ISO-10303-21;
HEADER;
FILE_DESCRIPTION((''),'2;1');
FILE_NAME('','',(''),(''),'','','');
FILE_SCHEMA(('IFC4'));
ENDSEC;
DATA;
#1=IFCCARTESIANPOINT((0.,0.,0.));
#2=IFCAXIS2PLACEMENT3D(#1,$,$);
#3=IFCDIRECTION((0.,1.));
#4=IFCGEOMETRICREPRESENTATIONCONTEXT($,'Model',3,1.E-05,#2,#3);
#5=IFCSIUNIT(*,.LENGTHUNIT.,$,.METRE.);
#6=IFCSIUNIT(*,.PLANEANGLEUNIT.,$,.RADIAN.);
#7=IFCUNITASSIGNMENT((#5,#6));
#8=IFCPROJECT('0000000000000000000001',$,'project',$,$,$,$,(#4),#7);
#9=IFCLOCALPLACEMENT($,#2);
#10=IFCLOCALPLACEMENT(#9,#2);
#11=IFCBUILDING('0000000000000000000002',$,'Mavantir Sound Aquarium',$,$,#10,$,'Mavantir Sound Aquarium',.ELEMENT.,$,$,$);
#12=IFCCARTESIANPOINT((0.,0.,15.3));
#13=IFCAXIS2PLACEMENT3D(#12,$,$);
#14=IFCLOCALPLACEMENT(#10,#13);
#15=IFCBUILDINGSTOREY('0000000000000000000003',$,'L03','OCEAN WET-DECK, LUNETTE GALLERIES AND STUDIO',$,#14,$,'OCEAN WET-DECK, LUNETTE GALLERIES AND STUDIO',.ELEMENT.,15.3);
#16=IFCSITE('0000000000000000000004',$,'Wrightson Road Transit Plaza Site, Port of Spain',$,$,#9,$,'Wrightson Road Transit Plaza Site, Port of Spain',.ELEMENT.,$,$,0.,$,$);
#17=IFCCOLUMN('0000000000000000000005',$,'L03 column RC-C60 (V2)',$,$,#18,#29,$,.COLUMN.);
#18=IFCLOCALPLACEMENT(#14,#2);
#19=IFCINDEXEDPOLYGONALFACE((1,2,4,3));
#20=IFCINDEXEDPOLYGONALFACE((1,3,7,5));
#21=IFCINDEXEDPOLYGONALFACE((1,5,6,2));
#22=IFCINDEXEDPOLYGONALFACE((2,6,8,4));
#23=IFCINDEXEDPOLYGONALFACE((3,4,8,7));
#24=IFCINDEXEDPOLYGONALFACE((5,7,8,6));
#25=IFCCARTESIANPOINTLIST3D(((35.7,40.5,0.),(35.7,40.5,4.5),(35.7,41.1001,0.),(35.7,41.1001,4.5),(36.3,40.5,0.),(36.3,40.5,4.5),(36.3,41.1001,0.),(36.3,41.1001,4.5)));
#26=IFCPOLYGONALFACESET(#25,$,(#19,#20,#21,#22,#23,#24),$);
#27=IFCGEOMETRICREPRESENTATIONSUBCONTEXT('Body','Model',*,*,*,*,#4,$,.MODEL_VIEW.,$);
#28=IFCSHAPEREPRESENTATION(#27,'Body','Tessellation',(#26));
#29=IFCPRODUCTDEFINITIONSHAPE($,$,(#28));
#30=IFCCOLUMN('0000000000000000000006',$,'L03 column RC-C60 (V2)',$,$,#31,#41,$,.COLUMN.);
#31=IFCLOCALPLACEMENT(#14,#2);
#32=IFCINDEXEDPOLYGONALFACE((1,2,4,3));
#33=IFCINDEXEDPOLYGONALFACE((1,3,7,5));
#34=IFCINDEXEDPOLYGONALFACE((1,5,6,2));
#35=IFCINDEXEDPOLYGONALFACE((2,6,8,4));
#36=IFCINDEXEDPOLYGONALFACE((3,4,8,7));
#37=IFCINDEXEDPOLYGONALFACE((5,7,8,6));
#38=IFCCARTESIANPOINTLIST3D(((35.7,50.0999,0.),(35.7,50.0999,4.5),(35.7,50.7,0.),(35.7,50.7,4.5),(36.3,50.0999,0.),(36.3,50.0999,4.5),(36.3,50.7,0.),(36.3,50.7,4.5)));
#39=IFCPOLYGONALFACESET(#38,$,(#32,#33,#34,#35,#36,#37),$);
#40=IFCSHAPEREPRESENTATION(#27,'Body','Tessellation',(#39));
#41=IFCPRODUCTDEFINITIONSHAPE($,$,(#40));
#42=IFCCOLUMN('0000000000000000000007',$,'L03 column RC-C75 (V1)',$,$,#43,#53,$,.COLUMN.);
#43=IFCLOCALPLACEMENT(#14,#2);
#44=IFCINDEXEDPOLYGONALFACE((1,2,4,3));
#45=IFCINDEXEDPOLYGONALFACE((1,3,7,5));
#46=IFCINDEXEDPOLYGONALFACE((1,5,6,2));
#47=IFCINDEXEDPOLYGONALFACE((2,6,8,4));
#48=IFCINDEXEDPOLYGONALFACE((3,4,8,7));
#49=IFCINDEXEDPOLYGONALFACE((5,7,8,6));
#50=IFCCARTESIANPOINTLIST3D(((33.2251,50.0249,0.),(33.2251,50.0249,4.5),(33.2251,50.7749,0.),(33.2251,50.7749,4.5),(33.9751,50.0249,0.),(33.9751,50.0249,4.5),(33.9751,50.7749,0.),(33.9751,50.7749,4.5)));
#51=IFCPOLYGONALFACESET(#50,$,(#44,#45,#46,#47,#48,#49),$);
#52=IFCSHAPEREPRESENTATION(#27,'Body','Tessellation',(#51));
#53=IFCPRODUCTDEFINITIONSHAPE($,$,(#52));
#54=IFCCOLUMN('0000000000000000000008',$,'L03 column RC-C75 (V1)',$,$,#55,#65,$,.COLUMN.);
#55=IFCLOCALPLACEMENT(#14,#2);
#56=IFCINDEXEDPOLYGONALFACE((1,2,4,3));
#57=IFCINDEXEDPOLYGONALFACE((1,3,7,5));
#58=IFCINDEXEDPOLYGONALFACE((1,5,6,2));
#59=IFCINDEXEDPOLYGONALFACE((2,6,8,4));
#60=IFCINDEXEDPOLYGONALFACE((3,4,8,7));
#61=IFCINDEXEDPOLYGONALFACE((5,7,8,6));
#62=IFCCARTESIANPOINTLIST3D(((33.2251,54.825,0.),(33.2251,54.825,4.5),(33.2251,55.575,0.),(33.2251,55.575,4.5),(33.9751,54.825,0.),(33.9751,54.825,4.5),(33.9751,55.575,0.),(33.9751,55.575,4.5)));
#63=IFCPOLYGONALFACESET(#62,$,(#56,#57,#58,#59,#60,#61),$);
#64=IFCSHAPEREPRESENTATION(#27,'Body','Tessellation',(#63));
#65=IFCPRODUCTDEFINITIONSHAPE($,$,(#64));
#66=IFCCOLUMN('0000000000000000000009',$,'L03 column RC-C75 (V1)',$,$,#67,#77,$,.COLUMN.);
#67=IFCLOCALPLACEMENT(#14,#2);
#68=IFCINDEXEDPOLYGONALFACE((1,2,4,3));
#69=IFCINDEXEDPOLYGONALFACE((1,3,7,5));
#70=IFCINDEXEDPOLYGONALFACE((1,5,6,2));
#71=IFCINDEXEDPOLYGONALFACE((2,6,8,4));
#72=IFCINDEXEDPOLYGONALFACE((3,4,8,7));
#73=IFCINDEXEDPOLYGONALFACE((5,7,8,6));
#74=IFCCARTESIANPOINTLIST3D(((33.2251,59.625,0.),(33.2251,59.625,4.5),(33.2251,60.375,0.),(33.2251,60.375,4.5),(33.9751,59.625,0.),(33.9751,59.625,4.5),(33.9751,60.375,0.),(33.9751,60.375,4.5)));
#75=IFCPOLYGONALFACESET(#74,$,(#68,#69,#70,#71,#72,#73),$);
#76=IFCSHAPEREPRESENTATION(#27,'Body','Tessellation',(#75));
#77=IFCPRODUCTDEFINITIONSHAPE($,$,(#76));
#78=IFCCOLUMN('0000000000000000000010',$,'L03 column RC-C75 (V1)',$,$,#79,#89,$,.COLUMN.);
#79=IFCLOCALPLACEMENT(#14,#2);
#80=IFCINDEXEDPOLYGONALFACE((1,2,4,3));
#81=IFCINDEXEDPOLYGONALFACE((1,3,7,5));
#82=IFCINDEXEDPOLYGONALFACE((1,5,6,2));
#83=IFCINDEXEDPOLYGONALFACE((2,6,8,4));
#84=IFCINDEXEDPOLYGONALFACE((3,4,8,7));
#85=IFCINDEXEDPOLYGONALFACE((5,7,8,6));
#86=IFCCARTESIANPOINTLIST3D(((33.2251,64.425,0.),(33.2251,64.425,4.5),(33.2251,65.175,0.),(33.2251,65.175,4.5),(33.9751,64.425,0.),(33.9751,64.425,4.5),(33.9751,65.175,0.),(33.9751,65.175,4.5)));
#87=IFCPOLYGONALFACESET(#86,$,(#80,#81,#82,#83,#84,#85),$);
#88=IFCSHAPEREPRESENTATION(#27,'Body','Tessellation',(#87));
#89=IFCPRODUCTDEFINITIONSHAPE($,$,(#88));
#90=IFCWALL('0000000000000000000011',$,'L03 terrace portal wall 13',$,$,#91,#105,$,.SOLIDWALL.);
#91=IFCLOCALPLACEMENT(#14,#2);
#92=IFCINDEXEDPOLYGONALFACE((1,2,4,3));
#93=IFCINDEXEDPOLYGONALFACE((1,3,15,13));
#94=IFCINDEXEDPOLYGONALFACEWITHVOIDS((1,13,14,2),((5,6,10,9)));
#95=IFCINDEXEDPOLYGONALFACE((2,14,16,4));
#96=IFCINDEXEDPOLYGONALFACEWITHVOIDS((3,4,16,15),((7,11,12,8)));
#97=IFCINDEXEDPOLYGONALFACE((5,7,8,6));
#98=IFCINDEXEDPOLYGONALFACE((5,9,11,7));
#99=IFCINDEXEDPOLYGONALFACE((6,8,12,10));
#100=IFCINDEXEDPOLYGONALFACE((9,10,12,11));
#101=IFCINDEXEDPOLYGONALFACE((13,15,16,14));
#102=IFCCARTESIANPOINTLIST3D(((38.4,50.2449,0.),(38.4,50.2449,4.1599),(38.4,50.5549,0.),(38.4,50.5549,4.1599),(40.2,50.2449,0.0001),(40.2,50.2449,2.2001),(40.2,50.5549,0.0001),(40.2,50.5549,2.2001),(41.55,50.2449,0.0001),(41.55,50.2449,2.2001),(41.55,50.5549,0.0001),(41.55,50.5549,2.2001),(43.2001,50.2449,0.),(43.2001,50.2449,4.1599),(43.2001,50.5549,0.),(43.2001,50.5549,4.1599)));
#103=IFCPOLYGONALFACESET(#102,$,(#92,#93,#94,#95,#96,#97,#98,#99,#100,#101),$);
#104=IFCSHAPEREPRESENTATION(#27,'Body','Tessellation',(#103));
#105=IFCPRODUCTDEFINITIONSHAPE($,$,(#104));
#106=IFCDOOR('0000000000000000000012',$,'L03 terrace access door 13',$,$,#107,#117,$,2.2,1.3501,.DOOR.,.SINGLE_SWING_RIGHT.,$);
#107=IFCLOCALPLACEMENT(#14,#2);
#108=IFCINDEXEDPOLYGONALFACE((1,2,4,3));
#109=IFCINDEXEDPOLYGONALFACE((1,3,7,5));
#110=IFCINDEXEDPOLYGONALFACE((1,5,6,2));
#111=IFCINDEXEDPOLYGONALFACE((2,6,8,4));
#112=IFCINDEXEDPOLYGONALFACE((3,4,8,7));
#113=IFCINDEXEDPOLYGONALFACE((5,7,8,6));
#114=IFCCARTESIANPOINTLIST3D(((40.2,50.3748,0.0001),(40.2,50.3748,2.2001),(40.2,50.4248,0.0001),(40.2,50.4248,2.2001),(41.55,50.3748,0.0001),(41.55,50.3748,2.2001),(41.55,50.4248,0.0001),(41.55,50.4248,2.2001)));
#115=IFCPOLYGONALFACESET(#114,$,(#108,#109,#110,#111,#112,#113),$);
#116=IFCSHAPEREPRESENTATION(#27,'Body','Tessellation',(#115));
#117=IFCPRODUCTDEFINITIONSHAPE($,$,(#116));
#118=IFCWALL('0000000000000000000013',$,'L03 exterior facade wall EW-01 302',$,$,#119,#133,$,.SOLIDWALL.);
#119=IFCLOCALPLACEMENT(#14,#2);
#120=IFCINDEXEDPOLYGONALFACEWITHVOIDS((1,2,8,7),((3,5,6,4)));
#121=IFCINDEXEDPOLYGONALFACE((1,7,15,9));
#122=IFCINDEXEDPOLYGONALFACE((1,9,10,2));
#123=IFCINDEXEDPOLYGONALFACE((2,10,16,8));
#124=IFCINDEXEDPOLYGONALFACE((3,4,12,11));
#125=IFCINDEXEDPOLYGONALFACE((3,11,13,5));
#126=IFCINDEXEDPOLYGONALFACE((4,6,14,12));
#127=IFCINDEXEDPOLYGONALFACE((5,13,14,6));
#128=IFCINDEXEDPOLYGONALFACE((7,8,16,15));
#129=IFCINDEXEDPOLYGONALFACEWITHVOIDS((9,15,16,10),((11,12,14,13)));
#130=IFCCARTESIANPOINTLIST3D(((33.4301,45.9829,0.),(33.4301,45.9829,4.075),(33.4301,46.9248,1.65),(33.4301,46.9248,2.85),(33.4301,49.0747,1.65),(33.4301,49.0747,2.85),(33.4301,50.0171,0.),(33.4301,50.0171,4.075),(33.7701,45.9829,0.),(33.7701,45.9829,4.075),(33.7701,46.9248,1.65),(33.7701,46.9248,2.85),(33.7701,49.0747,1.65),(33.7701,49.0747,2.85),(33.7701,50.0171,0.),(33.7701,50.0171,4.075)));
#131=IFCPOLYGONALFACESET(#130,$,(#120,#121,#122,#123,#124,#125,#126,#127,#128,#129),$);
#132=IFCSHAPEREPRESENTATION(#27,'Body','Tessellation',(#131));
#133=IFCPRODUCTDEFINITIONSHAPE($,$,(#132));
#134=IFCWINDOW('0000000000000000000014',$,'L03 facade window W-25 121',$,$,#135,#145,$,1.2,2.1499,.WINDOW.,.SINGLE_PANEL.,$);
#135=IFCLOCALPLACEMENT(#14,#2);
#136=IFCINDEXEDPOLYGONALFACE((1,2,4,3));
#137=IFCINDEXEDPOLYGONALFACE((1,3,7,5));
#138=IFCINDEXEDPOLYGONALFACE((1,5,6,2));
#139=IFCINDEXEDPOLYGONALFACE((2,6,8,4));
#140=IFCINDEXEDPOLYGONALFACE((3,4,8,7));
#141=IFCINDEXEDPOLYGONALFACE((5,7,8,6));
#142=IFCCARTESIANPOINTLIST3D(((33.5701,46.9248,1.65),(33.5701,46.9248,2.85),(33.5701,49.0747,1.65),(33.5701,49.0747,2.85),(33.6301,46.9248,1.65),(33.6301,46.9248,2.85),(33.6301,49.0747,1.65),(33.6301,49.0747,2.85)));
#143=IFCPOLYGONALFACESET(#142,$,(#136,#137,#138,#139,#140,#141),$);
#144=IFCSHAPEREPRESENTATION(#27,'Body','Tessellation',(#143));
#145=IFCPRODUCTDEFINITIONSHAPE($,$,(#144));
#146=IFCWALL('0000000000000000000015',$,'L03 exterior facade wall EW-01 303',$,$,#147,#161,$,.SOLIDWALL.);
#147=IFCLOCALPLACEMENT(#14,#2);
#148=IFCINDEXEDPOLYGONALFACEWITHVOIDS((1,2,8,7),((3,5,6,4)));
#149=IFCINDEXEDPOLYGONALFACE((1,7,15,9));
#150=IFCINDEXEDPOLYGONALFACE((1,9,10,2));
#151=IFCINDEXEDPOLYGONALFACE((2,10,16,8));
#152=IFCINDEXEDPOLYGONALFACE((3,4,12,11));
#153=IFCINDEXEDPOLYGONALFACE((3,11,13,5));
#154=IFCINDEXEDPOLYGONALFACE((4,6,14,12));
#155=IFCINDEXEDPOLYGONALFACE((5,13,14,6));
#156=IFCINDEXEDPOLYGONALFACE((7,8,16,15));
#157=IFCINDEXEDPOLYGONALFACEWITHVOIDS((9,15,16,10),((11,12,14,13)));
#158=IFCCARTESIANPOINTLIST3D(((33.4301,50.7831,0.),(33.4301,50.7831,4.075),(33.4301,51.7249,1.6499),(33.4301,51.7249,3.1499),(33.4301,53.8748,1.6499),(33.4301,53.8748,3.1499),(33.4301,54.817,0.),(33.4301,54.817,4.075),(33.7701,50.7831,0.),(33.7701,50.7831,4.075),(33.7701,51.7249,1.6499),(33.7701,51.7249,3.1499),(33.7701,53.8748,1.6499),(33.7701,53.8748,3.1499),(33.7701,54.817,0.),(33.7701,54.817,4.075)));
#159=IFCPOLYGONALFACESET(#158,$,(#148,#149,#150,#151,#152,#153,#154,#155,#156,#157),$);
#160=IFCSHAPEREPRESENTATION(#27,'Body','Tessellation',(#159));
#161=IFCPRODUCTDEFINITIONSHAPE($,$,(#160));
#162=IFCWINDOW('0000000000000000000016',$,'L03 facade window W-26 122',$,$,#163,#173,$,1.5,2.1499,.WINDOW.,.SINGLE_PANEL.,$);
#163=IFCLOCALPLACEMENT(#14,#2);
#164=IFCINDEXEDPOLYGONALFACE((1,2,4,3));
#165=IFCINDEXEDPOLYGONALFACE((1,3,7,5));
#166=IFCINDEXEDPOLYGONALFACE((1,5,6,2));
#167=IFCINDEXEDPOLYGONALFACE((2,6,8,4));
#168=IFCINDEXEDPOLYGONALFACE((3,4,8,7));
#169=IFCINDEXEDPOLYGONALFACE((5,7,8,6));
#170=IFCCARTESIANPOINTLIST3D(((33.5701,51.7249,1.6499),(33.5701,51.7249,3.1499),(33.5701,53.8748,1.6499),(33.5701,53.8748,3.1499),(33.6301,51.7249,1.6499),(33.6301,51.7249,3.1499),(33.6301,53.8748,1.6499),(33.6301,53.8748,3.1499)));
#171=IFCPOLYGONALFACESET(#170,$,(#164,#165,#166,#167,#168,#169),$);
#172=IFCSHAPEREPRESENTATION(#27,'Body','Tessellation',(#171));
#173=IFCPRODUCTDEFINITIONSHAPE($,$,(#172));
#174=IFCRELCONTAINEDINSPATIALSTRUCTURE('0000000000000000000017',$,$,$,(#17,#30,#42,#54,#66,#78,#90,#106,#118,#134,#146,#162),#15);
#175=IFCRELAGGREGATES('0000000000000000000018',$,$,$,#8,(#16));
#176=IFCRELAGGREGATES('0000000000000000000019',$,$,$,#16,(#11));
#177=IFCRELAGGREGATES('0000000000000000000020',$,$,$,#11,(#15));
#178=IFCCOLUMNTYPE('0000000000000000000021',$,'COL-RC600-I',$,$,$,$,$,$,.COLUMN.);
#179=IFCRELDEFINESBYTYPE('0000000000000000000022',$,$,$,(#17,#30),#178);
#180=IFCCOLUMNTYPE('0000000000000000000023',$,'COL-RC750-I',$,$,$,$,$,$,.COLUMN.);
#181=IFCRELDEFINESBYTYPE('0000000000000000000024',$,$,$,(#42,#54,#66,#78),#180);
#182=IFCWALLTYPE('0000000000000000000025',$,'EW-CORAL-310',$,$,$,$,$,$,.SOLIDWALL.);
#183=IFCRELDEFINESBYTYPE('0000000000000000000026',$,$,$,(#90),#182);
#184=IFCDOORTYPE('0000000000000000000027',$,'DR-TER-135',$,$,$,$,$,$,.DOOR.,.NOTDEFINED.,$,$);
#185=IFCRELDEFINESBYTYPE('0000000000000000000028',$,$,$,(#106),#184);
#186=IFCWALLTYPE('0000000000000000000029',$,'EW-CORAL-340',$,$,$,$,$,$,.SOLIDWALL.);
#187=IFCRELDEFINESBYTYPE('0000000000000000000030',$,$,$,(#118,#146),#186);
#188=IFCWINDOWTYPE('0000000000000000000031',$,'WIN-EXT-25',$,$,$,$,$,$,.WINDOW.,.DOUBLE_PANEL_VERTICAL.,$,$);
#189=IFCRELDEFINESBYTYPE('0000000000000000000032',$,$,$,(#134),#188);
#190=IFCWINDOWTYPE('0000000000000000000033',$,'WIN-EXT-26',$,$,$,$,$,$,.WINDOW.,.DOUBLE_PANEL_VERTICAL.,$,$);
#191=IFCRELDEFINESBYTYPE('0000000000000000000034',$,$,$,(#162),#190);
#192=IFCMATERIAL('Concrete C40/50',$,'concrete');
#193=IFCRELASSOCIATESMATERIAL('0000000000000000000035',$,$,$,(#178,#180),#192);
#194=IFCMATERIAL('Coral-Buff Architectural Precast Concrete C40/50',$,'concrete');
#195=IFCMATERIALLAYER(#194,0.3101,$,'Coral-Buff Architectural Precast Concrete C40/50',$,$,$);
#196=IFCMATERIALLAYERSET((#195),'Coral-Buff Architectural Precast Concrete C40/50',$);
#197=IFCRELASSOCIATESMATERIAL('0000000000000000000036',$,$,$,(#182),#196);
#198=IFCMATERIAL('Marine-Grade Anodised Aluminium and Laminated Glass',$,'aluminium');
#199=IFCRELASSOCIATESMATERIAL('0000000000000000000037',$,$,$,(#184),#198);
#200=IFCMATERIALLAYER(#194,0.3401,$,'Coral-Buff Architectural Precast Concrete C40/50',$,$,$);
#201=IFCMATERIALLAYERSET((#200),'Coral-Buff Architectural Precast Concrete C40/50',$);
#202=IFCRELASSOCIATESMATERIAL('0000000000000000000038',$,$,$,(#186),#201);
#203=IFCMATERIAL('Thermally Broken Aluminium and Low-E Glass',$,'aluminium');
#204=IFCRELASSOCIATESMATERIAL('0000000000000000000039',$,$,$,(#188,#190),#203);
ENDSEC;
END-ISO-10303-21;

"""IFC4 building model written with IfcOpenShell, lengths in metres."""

from ifc_helpers import new_model, si_unit, direction, frame, frame_2d, origin, origin_2d, place, context, subcontext, project, spatial, rectangle, extrude, material, layer, layer_set, material_profile, profile_set, type_object, element, fill, save


model = new_model("IFC4")

# Units and contexts
model_context = context("Model", 3, precision=1e-05, world=origin(), true_north=direction((0.0, 1.0)))
body_context = subcontext(model_context, "Body", "Model", "MODEL_VIEW")
ifc_project = project(units=[si_unit("LENGTHUNIT", "METRE"), si_unit("PLANEANGLEUNIT", "RADIAN")], contexts=[model_context])

# Site, building, storey
site_placement = place(None, origin())
site = spatial("IfcSite", under=ifc_project, at=site_placement, Name="Wrightson Road Transit Plaza Site, Port of Spain", LongName="Wrightson Road Transit Plaza Site, Port of Spain", CompositionType="ELEMENT", RefElevation=0.0)
building_placement = place(site_placement, origin())
building = spatial("IfcBuilding", under=site, at=building_placement, Name="Mavantir Sound Aquarium", LongName="Mavantir Sound Aquarium", CompositionType="ELEMENT")
storey_placement = place(building_placement, frame((0.0, 0.0, 15.3)))
storey = spatial("IfcBuildingStorey", under=building, at=storey_placement, Name="L03", Description="OCEAN WET-DECK, LUNETTE GALLERIES AND STUDIO", LongName="OCEAN WET-DECK, LUNETTE GALLERIES AND STUDIO", CompositionType="ELEMENT", Elevation=15.3)

# Columns
ifc_material_1 = material(Name="Concrete C40/50", Category="concrete")
ifc_material_profile_1 = material_profile(ifc_material_1, rectangle(XDim=0.6001, YDim=0.6001, at=origin_2d()), Name="RC 600X600")
ifc_profile_set_1 = profile_set([ifc_material_profile_1], Name="Concrete C40/50")
column_type_1 = type_object("IfcColumnType", Name="COL-RC600-I", PredefinedType="COLUMN", material=ifc_profile_set_1)
for number, where, z_axis, x_axis, name in (
    (1, (36.0, 40.8, 0.0), (0.0, 0.0, 1.0), (1.0, 0.0, 0.0), "L03 column RC-C60 (V2)"),
    (2, (36.0, 50.3999, 0.0), (0.0, 0.0, 1.0), (1.0, 0.0, 0.0), "L03 column RC-C60 (V2)"),
):
    element("IfcColumn", number, at=place(storey_placement, frame(where, z_axis=z_axis, x_axis=x_axis)), inside=storey, type_object=column_type_1, Name=name, PredefinedType="COLUMN", context=body_context, shape_type="SweptSolid", body=[
        extrude(rectangle(XDim=0.6001, YDim=0.6001, at=origin_2d()), origin(), (0.0, 0.0, 1.0), 4.5),
    ])
ifc_material_profile_2 = material_profile(ifc_material_1, rectangle(XDim=0.75, YDim=0.75, at=origin_2d()), Name="RC 750X750")
ifc_profile_set_2 = profile_set([ifc_material_profile_2], Name="Concrete C40/50")
column_type_2 = type_object("IfcColumnType", Name="COL-RC750-I", PredefinedType="COLUMN", material=ifc_profile_set_2)
for number, where, z_axis, x_axis, name in (
    (3, (33.6001, 50.3999, 0.0), (0.0, 0.0, 1.0), (1.0, 0.0, 0.0), "L03 column RC-C75 (V1)"),
    (4, (33.6001, 55.2, 0.0), (0.0, 0.0, 1.0), (1.0, 0.0, 0.0), "L03 column RC-C75 (V1)"),
    (5, (33.6001, 60.0, 0.0), (0.0, 0.0, 1.0), (1.0, 0.0, 0.0), "L03 column RC-C75 (V1)"),
    (6, (33.6001, 64.8, 0.0), (0.0, 0.0, 1.0), (1.0, 0.0, 0.0), "L03 column RC-C75 (V1)"),
):
    element("IfcColumn", number, at=place(storey_placement, frame(where, z_axis=z_axis, x_axis=x_axis)), inside=storey, type_object=column_type_2, Name=name, PredefinedType="COLUMN", context=body_context, shape_type="SweptSolid", body=[
        extrude(rectangle(XDim=0.75, YDim=0.75, at=origin_2d()), origin(), (0.0, 0.0, 1.0), 4.5),
    ])

# Wall, opening, door
ifc_material_2 = material(Name="Coral-Buff Architectural Precast Concrete C40/50", Category="concrete")
ifc_layer_1 = layer(ifc_material_2, 0.3101, Name="Coral-Buff Architectural Precast Concrete C40/50")
ifc_layer_set_1 = layer_set([ifc_layer_1], Name="Coral-Buff Architectural Precast Concrete C40/50")
wall_type_1 = type_object("IfcWallType", Name="EW-CORAL-310", PredefinedType="SOLIDWALL", material=ifc_layer_set_1)
wall_1_placement = place(storey_placement, frame((43.2, 50.3999, 0.0), z_axis=(0.0, 0.0, 1.0), x_axis=(-1.0, 0.0, 0.0)))
wall_1 = element("IfcWall", 7, at=wall_1_placement, inside=storey, type_object=wall_type_1, Name="L03 terrace portal wall 13", PredefinedType="SOLIDWALL", context=body_context, shape_type="SweptSolid", body=[
    extrude(rectangle(XDim=4.8, YDim=0.3101, at=frame_2d((2.3999, 0.0))), origin(), (0.0, 0.0, 1.0), 4.1599),
])
opening_1_placement = place(wall_1_placement, frame((3.0, 0.0, 0.0), z_axis=(0.0, 0.0, 1.0), x_axis=(-1.0, 0.0, 0.0)))
opening_1 = element("IfcOpeningElement", 8, at=opening_1_placement, cuts=wall_1, PredefinedType="OPENING", context=body_context, shape_type="SweptSolid", body=[
    extrude(rectangle(XDim=1.3501, YDim=2.2, at=frame_2d((0.675, 1.1001))), frame((0.0, 0.165, 0.0), z_axis=(0.0, -1.0, 0.0), x_axis=(1.0, 0.0, 0.0)), (0.0, 0.0, 1.0), 0.3301),
])
ifc_material_3 = material(Name="Marine-Grade Anodised Aluminium and Laminated Glass", Category="aluminium")
door_type = type_object("IfcDoorType", Name="DR-TER-135", OperationType="NOTDEFINED", PredefinedType="DOOR", material=ifc_material_3)
door_placement = place(opening_1_placement, origin())
door = element("IfcDoor", 9, at=door_placement, inside=storey, type_object=door_type, Name="L03 terrace access door 13", OperationType="SINGLE_SWING_RIGHT", OverallHeight=2.2, OverallWidth=1.3501, PredefinedType="DOOR", context=body_context, shape_type="SweptSolid", body=[
    extrude(rectangle(XDim=1.3501, YDim=2.2, at=frame_2d((0.675, 1.1001))), frame((0.0, 0.0249, 0.0), z_axis=(0.0, -1.0, 0.0), x_axis=(1.0, 0.0, 0.0)), (0.0, 0.0, 1.0), 0.05),
])
fill(opening_1, door)

# Walls, openings, windows
ifc_layer_2 = layer(ifc_material_2, 0.3401, Name="Coral-Buff Architectural Precast Concrete C40/50")
ifc_layer_set_2 = layer_set([ifc_layer_2], Name="Coral-Buff Architectural Precast Concrete C40/50")
wall_type_2 = type_object("IfcWallType", Name="EW-CORAL-340", PredefinedType="SOLIDWALL", material=ifc_layer_set_2)
wall_2_placement = place(storey_placement, frame((33.6001, 45.9829, 0.0), z_axis=(0.0, 0.0, 1.0), x_axis=(0.0, 1.0, 0.0)))
wall_2 = element("IfcWall", 10, at=wall_2_placement, inside=storey, type_object=wall_type_2, Name="L03 exterior facade wall EW-01 302", PredefinedType="SOLIDWALL", context=body_context, shape_type="SweptSolid", body=[
    extrude(rectangle(XDim=4.0342, YDim=0.3401, at=frame_2d((2.0171, 0.0))), origin(), (0.0, 0.0, 1.0), 4.075),
])
opening_2_placement = place(wall_2_placement, frame((0.9419, 0.0, 1.6499)))
opening_2 = element("IfcOpeningElement", 11, at=opening_2_placement, cuts=wall_2, PredefinedType="OPENING", context=body_context, shape_type="SweptSolid", body=[
    extrude(rectangle(XDim=2.1499, YDim=1.2, at=frame_2d((1.075, 0.6001))), frame((0.0, 0.1802, 0.0), z_axis=(0.0, -1.0, 0.0), x_axis=(1.0, 0.0, 0.0)), (0.0, 0.0, 1.0), 0.3601),
])
ifc_material_4 = material(Name="Thermally Broken Aluminium and Low-E Glass", Category="aluminium")
window_type_1 = type_object("IfcWindowType", Name="WIN-EXT-25", PartitioningType="DOUBLE_PANEL_VERTICAL", PredefinedType="WINDOW", material=ifc_material_4)
window_1_placement = place(opening_2_placement, origin())
window_1 = element("IfcWindow", 12, at=window_1_placement, inside=storey, type_object=window_type_1, Name="L03 facade window W-25 121", OverallHeight=1.2, OverallWidth=2.1499, PartitioningType="SINGLE_PANEL", PredefinedType="WINDOW", context=body_context, shape_type="SweptSolid", body=[
    extrude(rectangle(XDim=2.1499, YDim=1.2, at=frame_2d((1.075, 0.6001))), frame((0.0, 0.03, 0.0), z_axis=(0.0, -1.0, 0.0), x_axis=(1.0, 0.0, 0.0)), (0.0, 0.0, 1.0), 0.0601),
])
fill(opening_2, window_1)
wall_3_placement = place(storey_placement, frame((33.6001, 50.783, 0.0), z_axis=(0.0, 0.0, 1.0), x_axis=(0.0, 1.0, 0.0)))
wall_3 = element("IfcWall", 13, at=wall_3_placement, inside=storey, type_object=wall_type_2, Name="L03 exterior facade wall EW-01 303", PredefinedType="SOLIDWALL", context=body_context, shape_type="SweptSolid", body=[
    extrude(rectangle(XDim=4.0339, YDim=0.3401, at=frame_2d((2.0171, 0.0))), origin(), (0.0, 0.0, 1.0), 4.075),
])
opening_3_placement = place(wall_3_placement, frame((0.9419, 0.0, 1.6499)))
opening_3 = element("IfcOpeningElement", 14, at=opening_3_placement, cuts=wall_3, PredefinedType="OPENING", context=body_context, shape_type="SweptSolid", body=[
    extrude(rectangle(XDim=2.1499, YDim=1.5, at=frame_2d((1.075, 0.75))), frame((0.0, 0.1802, 0.0), z_axis=(0.0, -1.0, 0.0), x_axis=(1.0, 0.0, 0.0)), (0.0, 0.0, 1.0), 0.3601),
])
window_type_2 = type_object("IfcWindowType", Name="WIN-EXT-26", PartitioningType="DOUBLE_PANEL_VERTICAL", PredefinedType="WINDOW", material=ifc_material_4)
window_2_placement = place(opening_3_placement, origin())
window_2 = element("IfcWindow", 15, at=window_2_placement, inside=storey, type_object=window_type_2, Name="L03 facade window W-26 122", OverallHeight=1.5, OverallWidth=2.1499, PartitioningType="SINGLE_PANEL", PredefinedType="WINDOW", context=body_context, shape_type="SweptSolid", body=[
    extrude(rectangle(XDim=2.1499, YDim=1.5, at=frame_2d((1.075, 0.75))), frame((0.0, 0.03, 0.0), z_axis=(0.0, -1.0, 0.0), x_axis=(1.0, 0.0, 0.0)), (0.0, 0.0, 1.0), 0.0601),
])
fill(opening_3, window_2)

save(model, "model.ifc")
